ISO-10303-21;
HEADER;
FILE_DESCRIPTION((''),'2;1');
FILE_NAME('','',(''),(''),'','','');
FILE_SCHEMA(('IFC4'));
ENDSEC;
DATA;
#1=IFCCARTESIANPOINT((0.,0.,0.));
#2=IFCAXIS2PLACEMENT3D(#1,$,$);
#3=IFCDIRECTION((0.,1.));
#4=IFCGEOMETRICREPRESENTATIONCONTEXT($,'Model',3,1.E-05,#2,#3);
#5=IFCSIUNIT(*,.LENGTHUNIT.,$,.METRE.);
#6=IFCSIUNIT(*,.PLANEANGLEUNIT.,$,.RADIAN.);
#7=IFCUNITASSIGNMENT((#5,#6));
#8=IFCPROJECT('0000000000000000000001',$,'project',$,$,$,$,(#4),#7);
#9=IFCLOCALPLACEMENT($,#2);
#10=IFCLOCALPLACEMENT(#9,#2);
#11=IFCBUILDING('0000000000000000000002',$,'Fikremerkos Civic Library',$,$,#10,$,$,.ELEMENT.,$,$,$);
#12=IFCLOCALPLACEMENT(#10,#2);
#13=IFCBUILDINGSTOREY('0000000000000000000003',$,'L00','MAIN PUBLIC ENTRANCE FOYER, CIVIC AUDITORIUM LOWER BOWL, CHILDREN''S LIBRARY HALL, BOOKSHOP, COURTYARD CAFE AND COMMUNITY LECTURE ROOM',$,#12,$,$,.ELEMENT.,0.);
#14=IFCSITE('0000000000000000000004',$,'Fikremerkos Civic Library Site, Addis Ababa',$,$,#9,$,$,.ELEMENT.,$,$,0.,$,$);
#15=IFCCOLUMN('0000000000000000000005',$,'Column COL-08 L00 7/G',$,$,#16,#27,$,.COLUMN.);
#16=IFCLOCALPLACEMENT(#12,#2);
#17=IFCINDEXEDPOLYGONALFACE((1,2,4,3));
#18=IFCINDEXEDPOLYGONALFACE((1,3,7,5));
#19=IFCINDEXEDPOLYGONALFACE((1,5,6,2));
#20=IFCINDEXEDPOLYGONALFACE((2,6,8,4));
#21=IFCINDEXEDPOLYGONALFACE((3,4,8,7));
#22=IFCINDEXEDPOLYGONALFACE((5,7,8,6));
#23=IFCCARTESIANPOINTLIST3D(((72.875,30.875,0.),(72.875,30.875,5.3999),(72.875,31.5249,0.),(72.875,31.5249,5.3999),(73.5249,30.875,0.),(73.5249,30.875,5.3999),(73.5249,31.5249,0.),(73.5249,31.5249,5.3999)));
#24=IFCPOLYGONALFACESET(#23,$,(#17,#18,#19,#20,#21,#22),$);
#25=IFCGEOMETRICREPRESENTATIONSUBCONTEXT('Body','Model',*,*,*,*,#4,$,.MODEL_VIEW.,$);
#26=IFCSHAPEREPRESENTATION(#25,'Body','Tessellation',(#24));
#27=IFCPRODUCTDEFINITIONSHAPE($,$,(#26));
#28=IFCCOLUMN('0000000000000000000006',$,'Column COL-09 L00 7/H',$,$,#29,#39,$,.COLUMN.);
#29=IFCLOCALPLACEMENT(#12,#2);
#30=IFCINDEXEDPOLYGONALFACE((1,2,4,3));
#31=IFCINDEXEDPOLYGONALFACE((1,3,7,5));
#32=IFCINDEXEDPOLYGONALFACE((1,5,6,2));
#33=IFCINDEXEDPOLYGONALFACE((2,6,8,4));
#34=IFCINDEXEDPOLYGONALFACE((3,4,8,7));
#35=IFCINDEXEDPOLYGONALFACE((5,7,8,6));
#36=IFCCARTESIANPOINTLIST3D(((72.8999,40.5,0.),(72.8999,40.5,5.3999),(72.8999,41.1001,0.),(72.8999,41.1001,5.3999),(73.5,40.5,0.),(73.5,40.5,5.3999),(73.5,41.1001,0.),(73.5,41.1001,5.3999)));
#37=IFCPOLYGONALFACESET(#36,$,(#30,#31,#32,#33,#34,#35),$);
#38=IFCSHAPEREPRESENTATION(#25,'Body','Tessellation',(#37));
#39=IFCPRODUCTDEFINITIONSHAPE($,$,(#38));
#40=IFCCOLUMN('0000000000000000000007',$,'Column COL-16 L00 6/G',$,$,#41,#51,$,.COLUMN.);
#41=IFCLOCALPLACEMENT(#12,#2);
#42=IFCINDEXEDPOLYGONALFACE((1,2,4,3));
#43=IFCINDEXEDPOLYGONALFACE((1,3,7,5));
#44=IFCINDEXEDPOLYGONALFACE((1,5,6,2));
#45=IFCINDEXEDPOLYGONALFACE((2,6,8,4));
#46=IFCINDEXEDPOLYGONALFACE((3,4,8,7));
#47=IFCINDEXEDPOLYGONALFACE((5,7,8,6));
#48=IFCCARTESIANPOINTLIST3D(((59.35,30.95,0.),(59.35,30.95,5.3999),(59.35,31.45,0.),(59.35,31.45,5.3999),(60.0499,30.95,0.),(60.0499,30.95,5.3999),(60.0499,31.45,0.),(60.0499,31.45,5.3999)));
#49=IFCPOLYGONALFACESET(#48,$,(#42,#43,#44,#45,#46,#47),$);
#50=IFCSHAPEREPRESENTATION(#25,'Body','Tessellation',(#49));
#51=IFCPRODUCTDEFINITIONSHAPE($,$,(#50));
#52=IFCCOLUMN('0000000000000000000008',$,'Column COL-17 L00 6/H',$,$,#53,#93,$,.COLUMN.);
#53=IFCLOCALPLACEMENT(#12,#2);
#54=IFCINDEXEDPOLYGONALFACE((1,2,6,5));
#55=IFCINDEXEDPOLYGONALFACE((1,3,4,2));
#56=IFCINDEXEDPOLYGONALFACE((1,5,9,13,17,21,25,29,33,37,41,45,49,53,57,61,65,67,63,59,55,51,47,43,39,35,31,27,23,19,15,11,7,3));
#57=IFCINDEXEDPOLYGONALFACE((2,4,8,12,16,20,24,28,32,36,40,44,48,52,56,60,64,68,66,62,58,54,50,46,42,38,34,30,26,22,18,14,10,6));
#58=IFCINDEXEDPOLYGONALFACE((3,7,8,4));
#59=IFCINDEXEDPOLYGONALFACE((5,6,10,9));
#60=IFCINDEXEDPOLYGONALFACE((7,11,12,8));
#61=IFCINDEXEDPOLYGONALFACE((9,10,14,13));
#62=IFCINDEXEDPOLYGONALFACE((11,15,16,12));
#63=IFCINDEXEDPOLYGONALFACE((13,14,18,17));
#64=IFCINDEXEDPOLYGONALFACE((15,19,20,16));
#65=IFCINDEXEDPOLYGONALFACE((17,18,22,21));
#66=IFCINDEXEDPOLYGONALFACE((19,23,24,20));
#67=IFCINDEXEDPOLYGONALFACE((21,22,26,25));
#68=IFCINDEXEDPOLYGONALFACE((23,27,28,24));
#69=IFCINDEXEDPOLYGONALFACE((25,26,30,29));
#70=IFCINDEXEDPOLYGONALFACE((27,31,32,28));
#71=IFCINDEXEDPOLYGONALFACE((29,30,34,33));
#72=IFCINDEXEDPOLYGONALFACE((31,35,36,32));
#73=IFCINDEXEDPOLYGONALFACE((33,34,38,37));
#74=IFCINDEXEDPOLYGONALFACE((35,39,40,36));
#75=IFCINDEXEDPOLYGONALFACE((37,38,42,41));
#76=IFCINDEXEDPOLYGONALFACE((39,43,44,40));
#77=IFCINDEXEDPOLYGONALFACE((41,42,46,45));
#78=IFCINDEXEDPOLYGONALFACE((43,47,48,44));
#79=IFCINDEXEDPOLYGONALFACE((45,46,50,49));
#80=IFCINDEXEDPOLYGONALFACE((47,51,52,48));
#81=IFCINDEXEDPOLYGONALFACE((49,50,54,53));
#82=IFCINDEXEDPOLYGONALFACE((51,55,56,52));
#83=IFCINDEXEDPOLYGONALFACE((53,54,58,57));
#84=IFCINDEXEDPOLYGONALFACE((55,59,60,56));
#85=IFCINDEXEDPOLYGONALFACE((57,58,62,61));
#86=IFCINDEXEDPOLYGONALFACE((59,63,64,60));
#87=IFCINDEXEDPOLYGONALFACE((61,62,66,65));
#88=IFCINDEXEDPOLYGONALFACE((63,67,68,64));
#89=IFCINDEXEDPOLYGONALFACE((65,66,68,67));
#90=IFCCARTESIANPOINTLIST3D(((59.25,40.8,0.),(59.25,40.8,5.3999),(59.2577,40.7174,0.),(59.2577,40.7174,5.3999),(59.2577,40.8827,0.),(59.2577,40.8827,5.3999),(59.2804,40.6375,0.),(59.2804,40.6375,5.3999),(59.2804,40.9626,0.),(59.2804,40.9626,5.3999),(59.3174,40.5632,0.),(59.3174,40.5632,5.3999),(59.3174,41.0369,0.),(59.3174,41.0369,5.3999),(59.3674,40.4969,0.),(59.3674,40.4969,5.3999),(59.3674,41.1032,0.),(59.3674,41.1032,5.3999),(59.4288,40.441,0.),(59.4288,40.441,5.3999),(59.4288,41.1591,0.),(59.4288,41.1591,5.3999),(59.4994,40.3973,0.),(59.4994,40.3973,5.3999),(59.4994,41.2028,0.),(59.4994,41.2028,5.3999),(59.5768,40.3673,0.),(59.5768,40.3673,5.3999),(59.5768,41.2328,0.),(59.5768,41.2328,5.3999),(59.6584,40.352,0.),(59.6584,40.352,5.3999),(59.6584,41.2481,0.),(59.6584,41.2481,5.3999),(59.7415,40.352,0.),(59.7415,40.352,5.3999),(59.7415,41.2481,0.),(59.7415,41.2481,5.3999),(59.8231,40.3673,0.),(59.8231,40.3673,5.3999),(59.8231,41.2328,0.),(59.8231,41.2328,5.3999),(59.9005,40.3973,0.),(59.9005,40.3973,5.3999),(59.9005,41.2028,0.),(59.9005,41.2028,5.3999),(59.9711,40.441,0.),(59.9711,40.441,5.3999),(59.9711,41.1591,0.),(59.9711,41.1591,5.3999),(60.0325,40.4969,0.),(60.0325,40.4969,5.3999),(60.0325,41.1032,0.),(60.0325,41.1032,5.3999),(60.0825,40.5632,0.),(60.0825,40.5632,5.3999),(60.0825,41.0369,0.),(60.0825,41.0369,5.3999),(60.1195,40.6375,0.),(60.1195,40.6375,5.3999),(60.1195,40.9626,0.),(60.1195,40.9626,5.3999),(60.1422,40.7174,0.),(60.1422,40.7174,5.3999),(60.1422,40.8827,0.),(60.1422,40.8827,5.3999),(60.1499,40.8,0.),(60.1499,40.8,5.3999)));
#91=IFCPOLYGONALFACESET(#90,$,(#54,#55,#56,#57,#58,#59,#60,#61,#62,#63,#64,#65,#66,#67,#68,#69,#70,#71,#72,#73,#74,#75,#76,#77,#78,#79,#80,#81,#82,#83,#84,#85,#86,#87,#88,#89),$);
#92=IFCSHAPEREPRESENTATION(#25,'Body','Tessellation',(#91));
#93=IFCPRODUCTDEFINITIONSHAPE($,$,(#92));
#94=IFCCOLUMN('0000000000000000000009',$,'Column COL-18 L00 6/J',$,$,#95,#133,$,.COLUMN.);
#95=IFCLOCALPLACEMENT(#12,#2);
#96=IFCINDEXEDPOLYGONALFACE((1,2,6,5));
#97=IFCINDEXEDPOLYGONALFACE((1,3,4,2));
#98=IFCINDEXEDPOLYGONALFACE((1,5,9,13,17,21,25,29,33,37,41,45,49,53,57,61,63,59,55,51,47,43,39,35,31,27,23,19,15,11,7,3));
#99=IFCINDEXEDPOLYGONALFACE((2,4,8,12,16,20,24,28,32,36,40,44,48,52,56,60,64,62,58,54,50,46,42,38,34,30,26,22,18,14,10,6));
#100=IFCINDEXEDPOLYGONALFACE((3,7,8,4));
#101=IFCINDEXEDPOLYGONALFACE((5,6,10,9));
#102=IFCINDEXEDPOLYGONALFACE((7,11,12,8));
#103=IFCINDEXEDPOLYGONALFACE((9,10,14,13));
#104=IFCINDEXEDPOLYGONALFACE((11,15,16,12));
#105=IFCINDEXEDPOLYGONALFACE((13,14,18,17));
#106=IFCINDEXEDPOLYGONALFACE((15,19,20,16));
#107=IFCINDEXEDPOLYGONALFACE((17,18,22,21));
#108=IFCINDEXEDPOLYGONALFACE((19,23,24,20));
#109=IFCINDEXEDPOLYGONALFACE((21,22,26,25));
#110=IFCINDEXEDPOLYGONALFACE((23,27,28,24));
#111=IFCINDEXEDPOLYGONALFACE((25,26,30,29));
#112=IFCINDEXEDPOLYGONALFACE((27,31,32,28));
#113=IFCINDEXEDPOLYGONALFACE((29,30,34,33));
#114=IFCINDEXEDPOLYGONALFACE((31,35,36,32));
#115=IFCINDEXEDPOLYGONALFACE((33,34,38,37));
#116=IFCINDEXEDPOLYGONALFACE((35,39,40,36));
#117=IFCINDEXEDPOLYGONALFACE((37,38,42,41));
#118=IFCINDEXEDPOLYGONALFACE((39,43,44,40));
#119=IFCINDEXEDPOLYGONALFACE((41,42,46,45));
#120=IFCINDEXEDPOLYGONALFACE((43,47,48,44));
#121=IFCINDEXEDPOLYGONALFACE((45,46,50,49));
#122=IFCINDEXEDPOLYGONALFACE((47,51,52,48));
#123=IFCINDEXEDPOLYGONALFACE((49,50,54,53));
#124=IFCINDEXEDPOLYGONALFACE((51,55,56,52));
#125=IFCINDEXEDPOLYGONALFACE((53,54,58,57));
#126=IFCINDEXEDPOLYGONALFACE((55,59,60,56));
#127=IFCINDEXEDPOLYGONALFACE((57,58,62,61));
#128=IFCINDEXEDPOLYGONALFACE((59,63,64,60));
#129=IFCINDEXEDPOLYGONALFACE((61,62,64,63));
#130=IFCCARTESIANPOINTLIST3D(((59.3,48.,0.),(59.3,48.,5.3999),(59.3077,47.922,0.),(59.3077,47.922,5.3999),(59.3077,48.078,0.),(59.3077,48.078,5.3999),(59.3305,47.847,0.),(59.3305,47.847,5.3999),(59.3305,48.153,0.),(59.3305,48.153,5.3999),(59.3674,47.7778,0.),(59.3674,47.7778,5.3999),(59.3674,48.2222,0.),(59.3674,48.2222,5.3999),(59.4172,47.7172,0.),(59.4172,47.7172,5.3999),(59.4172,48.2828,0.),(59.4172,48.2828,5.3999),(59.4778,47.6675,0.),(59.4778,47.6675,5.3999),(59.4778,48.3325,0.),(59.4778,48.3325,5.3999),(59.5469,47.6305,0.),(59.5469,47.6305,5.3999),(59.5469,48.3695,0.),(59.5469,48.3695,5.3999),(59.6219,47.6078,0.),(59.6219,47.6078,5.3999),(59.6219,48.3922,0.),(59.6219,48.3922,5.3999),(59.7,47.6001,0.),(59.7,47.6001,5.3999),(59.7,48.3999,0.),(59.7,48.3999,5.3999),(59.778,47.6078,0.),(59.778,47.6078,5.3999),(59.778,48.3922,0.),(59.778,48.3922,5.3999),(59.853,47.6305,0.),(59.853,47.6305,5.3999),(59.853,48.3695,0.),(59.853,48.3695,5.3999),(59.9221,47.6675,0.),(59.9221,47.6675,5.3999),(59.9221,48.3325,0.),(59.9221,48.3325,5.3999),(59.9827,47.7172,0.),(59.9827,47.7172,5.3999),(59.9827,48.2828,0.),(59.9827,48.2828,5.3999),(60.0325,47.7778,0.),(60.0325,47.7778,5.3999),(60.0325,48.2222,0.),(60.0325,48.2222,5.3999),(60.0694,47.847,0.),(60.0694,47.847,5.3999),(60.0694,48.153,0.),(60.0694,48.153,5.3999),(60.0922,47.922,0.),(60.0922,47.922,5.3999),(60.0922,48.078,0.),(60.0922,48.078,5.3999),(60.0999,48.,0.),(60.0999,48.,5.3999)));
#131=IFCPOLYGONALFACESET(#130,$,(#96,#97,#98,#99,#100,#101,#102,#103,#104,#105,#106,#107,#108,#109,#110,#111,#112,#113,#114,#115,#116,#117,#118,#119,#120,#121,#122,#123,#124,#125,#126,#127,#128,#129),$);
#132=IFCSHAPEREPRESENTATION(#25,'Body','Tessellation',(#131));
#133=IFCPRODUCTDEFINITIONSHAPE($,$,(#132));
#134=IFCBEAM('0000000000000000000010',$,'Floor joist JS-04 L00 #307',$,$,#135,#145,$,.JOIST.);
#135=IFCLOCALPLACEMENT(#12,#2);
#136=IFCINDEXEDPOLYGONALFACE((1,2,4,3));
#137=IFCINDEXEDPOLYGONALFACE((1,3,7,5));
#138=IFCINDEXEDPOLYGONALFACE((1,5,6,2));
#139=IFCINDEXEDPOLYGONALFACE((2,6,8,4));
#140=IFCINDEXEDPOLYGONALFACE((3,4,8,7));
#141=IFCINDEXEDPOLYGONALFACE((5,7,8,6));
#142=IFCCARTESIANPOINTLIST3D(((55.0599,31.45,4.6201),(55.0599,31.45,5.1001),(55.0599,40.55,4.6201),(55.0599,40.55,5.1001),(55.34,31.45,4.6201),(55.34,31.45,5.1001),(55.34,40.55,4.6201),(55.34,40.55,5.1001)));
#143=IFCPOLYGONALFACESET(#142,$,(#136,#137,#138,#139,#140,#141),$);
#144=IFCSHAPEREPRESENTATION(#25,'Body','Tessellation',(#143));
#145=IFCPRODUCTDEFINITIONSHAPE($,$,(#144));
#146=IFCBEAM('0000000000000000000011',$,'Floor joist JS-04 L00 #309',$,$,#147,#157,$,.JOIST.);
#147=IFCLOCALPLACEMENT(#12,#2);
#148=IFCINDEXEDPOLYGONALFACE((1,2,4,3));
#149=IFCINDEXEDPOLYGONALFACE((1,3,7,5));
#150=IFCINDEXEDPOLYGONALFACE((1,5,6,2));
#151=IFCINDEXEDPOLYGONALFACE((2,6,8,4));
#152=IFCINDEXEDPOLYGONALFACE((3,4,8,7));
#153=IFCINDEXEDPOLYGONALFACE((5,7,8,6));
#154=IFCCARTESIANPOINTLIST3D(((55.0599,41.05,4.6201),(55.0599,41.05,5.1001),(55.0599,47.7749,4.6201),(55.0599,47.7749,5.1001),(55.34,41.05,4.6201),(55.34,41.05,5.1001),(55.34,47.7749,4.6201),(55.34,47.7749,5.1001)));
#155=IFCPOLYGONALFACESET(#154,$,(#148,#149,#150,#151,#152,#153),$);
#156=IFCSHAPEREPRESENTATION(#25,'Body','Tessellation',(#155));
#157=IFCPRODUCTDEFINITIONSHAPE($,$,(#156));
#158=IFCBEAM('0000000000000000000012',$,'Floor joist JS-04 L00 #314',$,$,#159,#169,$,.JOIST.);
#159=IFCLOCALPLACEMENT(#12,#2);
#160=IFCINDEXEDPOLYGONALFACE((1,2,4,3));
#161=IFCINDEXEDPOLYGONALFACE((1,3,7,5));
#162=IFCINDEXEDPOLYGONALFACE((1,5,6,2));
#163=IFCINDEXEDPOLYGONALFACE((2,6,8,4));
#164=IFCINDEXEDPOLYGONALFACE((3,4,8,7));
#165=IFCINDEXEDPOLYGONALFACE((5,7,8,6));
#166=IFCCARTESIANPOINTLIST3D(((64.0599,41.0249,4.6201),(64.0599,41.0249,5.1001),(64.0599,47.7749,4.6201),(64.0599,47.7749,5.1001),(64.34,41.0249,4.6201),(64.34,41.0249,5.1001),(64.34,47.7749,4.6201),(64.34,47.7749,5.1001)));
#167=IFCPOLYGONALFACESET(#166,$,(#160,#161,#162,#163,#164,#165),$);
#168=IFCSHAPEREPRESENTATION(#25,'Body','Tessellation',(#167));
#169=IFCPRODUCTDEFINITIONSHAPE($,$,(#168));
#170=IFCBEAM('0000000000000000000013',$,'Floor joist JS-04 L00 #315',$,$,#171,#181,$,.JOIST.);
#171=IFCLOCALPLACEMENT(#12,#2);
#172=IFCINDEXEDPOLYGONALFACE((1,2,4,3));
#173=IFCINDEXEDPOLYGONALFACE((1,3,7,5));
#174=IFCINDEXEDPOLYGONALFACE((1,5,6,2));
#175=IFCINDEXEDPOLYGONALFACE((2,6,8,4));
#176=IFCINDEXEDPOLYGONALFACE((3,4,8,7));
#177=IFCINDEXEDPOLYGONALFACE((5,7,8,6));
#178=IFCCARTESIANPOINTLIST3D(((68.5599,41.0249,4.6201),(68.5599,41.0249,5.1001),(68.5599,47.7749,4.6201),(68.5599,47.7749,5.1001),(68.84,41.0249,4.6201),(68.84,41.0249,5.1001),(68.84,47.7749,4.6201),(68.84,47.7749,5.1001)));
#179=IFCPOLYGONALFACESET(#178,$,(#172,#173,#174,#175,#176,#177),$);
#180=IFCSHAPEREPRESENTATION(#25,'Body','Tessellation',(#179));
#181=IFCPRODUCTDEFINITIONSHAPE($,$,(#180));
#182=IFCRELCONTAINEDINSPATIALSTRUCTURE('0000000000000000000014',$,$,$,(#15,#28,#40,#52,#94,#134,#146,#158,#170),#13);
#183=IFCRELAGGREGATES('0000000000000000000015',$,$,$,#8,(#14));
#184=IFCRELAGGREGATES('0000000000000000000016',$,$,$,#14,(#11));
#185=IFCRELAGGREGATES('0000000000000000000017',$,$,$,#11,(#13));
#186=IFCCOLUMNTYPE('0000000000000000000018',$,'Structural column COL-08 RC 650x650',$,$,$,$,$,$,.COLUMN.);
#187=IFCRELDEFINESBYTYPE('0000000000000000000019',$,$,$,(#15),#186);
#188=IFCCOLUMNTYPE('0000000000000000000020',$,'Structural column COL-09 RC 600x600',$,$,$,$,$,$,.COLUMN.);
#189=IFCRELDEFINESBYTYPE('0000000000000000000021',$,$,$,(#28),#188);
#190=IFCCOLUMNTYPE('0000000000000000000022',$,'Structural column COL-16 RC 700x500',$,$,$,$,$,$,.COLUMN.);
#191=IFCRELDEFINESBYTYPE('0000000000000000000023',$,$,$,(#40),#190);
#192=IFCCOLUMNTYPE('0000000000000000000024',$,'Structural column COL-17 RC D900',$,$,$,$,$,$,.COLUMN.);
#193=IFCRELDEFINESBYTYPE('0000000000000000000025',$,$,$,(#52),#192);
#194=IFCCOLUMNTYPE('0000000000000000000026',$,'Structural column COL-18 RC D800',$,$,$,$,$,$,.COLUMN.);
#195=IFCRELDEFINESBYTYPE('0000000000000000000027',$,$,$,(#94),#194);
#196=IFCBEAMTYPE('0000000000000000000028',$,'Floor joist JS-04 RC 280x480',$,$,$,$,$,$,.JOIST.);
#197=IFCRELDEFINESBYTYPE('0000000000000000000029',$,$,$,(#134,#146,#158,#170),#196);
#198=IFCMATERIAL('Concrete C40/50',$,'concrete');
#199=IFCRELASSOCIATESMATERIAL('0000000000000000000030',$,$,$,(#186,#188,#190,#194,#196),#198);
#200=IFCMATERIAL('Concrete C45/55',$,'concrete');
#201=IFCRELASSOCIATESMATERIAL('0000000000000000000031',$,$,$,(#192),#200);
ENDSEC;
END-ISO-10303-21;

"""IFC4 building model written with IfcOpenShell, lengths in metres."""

from ifc_helpers import new_model, si_unit, direction, frame, origin, origin_2d, place, context, subcontext, project, spatial, rectangle, circle, extrude, material, material_profile, profile_set, type_object, element, save


model = new_model("IFC4")

# Units and contexts
model_context = context("Model", 3, precision=1e-05, world=origin(), true_north=direction((0.0, 1.0)))
body_context = subcontext(model_context, "Body", "Model", "MODEL_VIEW")
ifc_project = project(units=[si_unit("LENGTHUNIT", "METRE"), si_unit("PLANEANGLEUNIT", "RADIAN")], contexts=[model_context])

# Site, building, storey
site_placement = place(None, origin())
site = spatial("IfcSite", under=ifc_project, at=site_placement, Name="Fikremerkos Civic Library Site, Addis Ababa", CompositionType="ELEMENT", RefElevation=0.0)
building_placement = place(site_placement, origin())
building = spatial("IfcBuilding", under=site, at=building_placement, Name="Fikremerkos Civic Library", CompositionType="ELEMENT")
storey_placement = place(building_placement, origin())
storey = spatial("IfcBuildingStorey", under=building, at=storey_placement, Name="L00", Description="MAIN PUBLIC ENTRANCE FOYER, CIVIC AUDITORIUM LOWER BOWL, CHILDREN'S LIBRARY HALL, BOOKSHOP, COURTYARD CAFE AND COMMUNITY LECTURE ROOM", CompositionType="ELEMENT", Elevation=0.0)

# Columns
ifc_material_1 = material(Name="Concrete C40/50", Category="concrete")
ifc_material_profile_1 = material_profile(ifc_material_1, rectangle(XDim=0.6499, YDim=0.6499, at=origin_2d()), Name="RC 650x650")
ifc_profile_set_1 = profile_set([ifc_material_profile_1], Name="Concrete C40/50")
column_type_1 = type_object("IfcColumnType", Name="Structural column COL-08 RC 650x650", PredefinedType="COLUMN", material=ifc_profile_set_1)
column_1_placement = place(storey_placement, frame((73.2, 31.2, 0.0), z_axis=(0.0, 0.0, 1.0), x_axis=(1.0, 0.0, 0.0)))
element("IfcColumn", 1, at=column_1_placement, inside=storey, type_object=column_type_1, Name="Column COL-08 L00 7/G", PredefinedType="COLUMN", context=body_context, shape_type="SweptSolid", body=[
    extrude(rectangle(XDim=0.6499, YDim=0.6499, at=origin_2d()), origin(), (0.0, 0.0, 1.0), 5.3999),
])
ifc_material_profile_2 = material_profile(ifc_material_1, rectangle(XDim=0.6001, YDim=0.6001, at=origin_2d()), Name="RC 600x600")
ifc_profile_set_2 = profile_set([ifc_material_profile_2], Name="Concrete C40/50")
column_type_2 = type_object("IfcColumnType", Name="Structural column COL-09 RC 600x600", PredefinedType="COLUMN", material=ifc_profile_set_2)
column_2_placement = place(storey_placement, frame((73.2, 40.8, 0.0), z_axis=(0.0, 0.0, 1.0), x_axis=(1.0, 0.0, 0.0)))
element("IfcColumn", 2, at=column_2_placement, inside=storey, type_object=column_type_2, Name="Column COL-09 L00 7/H", PredefinedType="COLUMN", context=body_context, shape_type="SweptSolid", body=[
    extrude(rectangle(XDim=0.6001, YDim=0.6001, at=origin_2d()), origin(), (0.0, 0.0, 1.0), 5.3999),
])
ifc_material_profile_3 = material_profile(ifc_material_1, rectangle(XDim=0.7, YDim=0.5, at=origin_2d()), Name="RC 700x500")
ifc_profile_set_3 = profile_set([ifc_material_profile_3], Name="Concrete C40/50")
column_type_3 = type_object("IfcColumnType", Name="Structural column COL-16 RC 700x500", PredefinedType="COLUMN", material=ifc_profile_set_3)
column_3_placement = place(storey_placement, frame((59.7, 31.2, 0.0), z_axis=(0.0, 0.0, 1.0), x_axis=(1.0, 0.0, 0.0)))
element("IfcColumn", 3, at=column_3_placement, inside=storey, type_object=column_type_3, Name="Column COL-16 L00 6/G", PredefinedType="COLUMN", context=body_context, shape_type="SweptSolid", body=[
    extrude(rectangle(XDim=0.7, YDim=0.5, at=origin_2d()), origin(), (0.0, 0.0, 1.0), 5.3999),
])
ifc_material_2 = material(Name="Concrete C45/55", Category="concrete")
ifc_material_profile_4 = material_profile(ifc_material_2, circle(Radius=0.45, at=origin_2d()), Name="RC D900")
ifc_profile_set_4 = profile_set([ifc_material_profile_4], Name="Concrete C45/55")
column_type_4 = type_object("IfcColumnType", Name="Structural column COL-17 RC D900", PredefinedType="COLUMN", material=ifc_profile_set_4)
column_4_placement = place(storey_placement, frame((59.7, 40.8, 0.0), z_axis=(0.0, 0.0, 1.0), x_axis=(1.0, 0.0, 0.0)))
element("IfcColumn", 4, at=column_4_placement, inside=storey, type_object=column_type_4, Name="Column COL-17 L00 6/H", PredefinedType="COLUMN", context=body_context, shape_type="SweptSolid", body=[
    extrude(circle(Radius=0.45, at=origin_2d()), origin(), (0.0, 0.0, 1.0), 5.3999),
])
ifc_material_profile_5 = material_profile(ifc_material_1, circle(Radius=0.3999, at=origin_2d()), Name="RC D800")
ifc_profile_set_5 = profile_set([ifc_material_profile_5], Name="Concrete C40/50")
column_type_5 = type_object("IfcColumnType", Name="Structural column COL-18 RC D800", PredefinedType="COLUMN", material=ifc_profile_set_5)
column_5_placement = place(storey_placement, frame((59.7, 48.0, 0.0), z_axis=(0.0, 0.0, 1.0), x_axis=(1.0, 0.0, 0.0)))
element("IfcColumn", 5, at=column_5_placement, inside=storey, type_object=column_type_5, Name="Column COL-18 L00 6/J", PredefinedType="COLUMN", context=body_context, shape_type="SweptSolid", body=[
    extrude(circle(Radius=0.3999, at=origin_2d()), origin(), (0.0, 0.0, 1.0), 5.3999),
])

# Beams
ifc_material_profile_6 = material_profile(ifc_material_1, rectangle(XDim=0.28, YDim=0.48, at=origin_2d()), Name="RC 280x480")
ifc_profile_set_6 = profile_set([ifc_material_profile_6], Name="Concrete C40/50")
beam_type_1 = type_object("IfcBeamType", Name="Floor joist JS-04 RC 280x480", PredefinedType="JOIST", material=ifc_profile_set_6)
beam_1_placement = place(storey_placement, frame((55.2, 31.45, 4.8601), z_axis=(0.0, 1.0, 0.0), x_axis=(-1.0, 0.0, 0.0)))
element("IfcBeam", 6, at=beam_1_placement, inside=storey, type_object=beam_type_1, Name="Floor joist JS-04 L00 #307", PredefinedType="JOIST", context=body_context, shape_type="SweptSolid", body=[
    extrude(rectangle(XDim=0.28, YDim=0.48, at=origin_2d()), origin(), (0.0, 0.0, 1.0), 9.1001),
])
beam_2_placement = place(storey_placement, frame((55.2, 41.05, 4.8601), z_axis=(0.0, 1.0, 0.0), x_axis=(-1.0, 0.0, 0.0)))
element("IfcBeam", 7, at=beam_2_placement, inside=storey, type_object=beam_type_1, Name="Floor joist JS-04 L00 #309", PredefinedType="JOIST", context=body_context, shape_type="SweptSolid", body=[
    extrude(rectangle(XDim=0.28, YDim=0.48, at=origin_2d()), origin(), (0.0, 0.0, 1.0), 6.7249),
])
for number, where, z_axis, x_axis, name in (
    (8, (64.2, 41.0249, 4.8601), (0.0, 1.0, 0.0), (-1.0, 0.0, 0.0), "Floor joist JS-04 L00 #314"),
    (9, (68.7, 41.0249, 4.8601), (0.0, 1.0, 0.0), (-1.0, 0.0, 0.0), "Floor joist JS-04 L00 #315"),
):
    element("IfcBeam", number, at=place(storey_placement, frame(where, z_axis=z_axis, x_axis=x_axis)), inside=storey, type_object=beam_type_1, Name=name, PredefinedType="JOIST", context=body_context, shape_type="SweptSolid", body=[
        extrude(rectangle(XDim=0.28, YDim=0.48, at=origin_2d()), origin(), (0.0, 0.0, 1.0), 6.75),
    ])

save(model, "model.ifc")
